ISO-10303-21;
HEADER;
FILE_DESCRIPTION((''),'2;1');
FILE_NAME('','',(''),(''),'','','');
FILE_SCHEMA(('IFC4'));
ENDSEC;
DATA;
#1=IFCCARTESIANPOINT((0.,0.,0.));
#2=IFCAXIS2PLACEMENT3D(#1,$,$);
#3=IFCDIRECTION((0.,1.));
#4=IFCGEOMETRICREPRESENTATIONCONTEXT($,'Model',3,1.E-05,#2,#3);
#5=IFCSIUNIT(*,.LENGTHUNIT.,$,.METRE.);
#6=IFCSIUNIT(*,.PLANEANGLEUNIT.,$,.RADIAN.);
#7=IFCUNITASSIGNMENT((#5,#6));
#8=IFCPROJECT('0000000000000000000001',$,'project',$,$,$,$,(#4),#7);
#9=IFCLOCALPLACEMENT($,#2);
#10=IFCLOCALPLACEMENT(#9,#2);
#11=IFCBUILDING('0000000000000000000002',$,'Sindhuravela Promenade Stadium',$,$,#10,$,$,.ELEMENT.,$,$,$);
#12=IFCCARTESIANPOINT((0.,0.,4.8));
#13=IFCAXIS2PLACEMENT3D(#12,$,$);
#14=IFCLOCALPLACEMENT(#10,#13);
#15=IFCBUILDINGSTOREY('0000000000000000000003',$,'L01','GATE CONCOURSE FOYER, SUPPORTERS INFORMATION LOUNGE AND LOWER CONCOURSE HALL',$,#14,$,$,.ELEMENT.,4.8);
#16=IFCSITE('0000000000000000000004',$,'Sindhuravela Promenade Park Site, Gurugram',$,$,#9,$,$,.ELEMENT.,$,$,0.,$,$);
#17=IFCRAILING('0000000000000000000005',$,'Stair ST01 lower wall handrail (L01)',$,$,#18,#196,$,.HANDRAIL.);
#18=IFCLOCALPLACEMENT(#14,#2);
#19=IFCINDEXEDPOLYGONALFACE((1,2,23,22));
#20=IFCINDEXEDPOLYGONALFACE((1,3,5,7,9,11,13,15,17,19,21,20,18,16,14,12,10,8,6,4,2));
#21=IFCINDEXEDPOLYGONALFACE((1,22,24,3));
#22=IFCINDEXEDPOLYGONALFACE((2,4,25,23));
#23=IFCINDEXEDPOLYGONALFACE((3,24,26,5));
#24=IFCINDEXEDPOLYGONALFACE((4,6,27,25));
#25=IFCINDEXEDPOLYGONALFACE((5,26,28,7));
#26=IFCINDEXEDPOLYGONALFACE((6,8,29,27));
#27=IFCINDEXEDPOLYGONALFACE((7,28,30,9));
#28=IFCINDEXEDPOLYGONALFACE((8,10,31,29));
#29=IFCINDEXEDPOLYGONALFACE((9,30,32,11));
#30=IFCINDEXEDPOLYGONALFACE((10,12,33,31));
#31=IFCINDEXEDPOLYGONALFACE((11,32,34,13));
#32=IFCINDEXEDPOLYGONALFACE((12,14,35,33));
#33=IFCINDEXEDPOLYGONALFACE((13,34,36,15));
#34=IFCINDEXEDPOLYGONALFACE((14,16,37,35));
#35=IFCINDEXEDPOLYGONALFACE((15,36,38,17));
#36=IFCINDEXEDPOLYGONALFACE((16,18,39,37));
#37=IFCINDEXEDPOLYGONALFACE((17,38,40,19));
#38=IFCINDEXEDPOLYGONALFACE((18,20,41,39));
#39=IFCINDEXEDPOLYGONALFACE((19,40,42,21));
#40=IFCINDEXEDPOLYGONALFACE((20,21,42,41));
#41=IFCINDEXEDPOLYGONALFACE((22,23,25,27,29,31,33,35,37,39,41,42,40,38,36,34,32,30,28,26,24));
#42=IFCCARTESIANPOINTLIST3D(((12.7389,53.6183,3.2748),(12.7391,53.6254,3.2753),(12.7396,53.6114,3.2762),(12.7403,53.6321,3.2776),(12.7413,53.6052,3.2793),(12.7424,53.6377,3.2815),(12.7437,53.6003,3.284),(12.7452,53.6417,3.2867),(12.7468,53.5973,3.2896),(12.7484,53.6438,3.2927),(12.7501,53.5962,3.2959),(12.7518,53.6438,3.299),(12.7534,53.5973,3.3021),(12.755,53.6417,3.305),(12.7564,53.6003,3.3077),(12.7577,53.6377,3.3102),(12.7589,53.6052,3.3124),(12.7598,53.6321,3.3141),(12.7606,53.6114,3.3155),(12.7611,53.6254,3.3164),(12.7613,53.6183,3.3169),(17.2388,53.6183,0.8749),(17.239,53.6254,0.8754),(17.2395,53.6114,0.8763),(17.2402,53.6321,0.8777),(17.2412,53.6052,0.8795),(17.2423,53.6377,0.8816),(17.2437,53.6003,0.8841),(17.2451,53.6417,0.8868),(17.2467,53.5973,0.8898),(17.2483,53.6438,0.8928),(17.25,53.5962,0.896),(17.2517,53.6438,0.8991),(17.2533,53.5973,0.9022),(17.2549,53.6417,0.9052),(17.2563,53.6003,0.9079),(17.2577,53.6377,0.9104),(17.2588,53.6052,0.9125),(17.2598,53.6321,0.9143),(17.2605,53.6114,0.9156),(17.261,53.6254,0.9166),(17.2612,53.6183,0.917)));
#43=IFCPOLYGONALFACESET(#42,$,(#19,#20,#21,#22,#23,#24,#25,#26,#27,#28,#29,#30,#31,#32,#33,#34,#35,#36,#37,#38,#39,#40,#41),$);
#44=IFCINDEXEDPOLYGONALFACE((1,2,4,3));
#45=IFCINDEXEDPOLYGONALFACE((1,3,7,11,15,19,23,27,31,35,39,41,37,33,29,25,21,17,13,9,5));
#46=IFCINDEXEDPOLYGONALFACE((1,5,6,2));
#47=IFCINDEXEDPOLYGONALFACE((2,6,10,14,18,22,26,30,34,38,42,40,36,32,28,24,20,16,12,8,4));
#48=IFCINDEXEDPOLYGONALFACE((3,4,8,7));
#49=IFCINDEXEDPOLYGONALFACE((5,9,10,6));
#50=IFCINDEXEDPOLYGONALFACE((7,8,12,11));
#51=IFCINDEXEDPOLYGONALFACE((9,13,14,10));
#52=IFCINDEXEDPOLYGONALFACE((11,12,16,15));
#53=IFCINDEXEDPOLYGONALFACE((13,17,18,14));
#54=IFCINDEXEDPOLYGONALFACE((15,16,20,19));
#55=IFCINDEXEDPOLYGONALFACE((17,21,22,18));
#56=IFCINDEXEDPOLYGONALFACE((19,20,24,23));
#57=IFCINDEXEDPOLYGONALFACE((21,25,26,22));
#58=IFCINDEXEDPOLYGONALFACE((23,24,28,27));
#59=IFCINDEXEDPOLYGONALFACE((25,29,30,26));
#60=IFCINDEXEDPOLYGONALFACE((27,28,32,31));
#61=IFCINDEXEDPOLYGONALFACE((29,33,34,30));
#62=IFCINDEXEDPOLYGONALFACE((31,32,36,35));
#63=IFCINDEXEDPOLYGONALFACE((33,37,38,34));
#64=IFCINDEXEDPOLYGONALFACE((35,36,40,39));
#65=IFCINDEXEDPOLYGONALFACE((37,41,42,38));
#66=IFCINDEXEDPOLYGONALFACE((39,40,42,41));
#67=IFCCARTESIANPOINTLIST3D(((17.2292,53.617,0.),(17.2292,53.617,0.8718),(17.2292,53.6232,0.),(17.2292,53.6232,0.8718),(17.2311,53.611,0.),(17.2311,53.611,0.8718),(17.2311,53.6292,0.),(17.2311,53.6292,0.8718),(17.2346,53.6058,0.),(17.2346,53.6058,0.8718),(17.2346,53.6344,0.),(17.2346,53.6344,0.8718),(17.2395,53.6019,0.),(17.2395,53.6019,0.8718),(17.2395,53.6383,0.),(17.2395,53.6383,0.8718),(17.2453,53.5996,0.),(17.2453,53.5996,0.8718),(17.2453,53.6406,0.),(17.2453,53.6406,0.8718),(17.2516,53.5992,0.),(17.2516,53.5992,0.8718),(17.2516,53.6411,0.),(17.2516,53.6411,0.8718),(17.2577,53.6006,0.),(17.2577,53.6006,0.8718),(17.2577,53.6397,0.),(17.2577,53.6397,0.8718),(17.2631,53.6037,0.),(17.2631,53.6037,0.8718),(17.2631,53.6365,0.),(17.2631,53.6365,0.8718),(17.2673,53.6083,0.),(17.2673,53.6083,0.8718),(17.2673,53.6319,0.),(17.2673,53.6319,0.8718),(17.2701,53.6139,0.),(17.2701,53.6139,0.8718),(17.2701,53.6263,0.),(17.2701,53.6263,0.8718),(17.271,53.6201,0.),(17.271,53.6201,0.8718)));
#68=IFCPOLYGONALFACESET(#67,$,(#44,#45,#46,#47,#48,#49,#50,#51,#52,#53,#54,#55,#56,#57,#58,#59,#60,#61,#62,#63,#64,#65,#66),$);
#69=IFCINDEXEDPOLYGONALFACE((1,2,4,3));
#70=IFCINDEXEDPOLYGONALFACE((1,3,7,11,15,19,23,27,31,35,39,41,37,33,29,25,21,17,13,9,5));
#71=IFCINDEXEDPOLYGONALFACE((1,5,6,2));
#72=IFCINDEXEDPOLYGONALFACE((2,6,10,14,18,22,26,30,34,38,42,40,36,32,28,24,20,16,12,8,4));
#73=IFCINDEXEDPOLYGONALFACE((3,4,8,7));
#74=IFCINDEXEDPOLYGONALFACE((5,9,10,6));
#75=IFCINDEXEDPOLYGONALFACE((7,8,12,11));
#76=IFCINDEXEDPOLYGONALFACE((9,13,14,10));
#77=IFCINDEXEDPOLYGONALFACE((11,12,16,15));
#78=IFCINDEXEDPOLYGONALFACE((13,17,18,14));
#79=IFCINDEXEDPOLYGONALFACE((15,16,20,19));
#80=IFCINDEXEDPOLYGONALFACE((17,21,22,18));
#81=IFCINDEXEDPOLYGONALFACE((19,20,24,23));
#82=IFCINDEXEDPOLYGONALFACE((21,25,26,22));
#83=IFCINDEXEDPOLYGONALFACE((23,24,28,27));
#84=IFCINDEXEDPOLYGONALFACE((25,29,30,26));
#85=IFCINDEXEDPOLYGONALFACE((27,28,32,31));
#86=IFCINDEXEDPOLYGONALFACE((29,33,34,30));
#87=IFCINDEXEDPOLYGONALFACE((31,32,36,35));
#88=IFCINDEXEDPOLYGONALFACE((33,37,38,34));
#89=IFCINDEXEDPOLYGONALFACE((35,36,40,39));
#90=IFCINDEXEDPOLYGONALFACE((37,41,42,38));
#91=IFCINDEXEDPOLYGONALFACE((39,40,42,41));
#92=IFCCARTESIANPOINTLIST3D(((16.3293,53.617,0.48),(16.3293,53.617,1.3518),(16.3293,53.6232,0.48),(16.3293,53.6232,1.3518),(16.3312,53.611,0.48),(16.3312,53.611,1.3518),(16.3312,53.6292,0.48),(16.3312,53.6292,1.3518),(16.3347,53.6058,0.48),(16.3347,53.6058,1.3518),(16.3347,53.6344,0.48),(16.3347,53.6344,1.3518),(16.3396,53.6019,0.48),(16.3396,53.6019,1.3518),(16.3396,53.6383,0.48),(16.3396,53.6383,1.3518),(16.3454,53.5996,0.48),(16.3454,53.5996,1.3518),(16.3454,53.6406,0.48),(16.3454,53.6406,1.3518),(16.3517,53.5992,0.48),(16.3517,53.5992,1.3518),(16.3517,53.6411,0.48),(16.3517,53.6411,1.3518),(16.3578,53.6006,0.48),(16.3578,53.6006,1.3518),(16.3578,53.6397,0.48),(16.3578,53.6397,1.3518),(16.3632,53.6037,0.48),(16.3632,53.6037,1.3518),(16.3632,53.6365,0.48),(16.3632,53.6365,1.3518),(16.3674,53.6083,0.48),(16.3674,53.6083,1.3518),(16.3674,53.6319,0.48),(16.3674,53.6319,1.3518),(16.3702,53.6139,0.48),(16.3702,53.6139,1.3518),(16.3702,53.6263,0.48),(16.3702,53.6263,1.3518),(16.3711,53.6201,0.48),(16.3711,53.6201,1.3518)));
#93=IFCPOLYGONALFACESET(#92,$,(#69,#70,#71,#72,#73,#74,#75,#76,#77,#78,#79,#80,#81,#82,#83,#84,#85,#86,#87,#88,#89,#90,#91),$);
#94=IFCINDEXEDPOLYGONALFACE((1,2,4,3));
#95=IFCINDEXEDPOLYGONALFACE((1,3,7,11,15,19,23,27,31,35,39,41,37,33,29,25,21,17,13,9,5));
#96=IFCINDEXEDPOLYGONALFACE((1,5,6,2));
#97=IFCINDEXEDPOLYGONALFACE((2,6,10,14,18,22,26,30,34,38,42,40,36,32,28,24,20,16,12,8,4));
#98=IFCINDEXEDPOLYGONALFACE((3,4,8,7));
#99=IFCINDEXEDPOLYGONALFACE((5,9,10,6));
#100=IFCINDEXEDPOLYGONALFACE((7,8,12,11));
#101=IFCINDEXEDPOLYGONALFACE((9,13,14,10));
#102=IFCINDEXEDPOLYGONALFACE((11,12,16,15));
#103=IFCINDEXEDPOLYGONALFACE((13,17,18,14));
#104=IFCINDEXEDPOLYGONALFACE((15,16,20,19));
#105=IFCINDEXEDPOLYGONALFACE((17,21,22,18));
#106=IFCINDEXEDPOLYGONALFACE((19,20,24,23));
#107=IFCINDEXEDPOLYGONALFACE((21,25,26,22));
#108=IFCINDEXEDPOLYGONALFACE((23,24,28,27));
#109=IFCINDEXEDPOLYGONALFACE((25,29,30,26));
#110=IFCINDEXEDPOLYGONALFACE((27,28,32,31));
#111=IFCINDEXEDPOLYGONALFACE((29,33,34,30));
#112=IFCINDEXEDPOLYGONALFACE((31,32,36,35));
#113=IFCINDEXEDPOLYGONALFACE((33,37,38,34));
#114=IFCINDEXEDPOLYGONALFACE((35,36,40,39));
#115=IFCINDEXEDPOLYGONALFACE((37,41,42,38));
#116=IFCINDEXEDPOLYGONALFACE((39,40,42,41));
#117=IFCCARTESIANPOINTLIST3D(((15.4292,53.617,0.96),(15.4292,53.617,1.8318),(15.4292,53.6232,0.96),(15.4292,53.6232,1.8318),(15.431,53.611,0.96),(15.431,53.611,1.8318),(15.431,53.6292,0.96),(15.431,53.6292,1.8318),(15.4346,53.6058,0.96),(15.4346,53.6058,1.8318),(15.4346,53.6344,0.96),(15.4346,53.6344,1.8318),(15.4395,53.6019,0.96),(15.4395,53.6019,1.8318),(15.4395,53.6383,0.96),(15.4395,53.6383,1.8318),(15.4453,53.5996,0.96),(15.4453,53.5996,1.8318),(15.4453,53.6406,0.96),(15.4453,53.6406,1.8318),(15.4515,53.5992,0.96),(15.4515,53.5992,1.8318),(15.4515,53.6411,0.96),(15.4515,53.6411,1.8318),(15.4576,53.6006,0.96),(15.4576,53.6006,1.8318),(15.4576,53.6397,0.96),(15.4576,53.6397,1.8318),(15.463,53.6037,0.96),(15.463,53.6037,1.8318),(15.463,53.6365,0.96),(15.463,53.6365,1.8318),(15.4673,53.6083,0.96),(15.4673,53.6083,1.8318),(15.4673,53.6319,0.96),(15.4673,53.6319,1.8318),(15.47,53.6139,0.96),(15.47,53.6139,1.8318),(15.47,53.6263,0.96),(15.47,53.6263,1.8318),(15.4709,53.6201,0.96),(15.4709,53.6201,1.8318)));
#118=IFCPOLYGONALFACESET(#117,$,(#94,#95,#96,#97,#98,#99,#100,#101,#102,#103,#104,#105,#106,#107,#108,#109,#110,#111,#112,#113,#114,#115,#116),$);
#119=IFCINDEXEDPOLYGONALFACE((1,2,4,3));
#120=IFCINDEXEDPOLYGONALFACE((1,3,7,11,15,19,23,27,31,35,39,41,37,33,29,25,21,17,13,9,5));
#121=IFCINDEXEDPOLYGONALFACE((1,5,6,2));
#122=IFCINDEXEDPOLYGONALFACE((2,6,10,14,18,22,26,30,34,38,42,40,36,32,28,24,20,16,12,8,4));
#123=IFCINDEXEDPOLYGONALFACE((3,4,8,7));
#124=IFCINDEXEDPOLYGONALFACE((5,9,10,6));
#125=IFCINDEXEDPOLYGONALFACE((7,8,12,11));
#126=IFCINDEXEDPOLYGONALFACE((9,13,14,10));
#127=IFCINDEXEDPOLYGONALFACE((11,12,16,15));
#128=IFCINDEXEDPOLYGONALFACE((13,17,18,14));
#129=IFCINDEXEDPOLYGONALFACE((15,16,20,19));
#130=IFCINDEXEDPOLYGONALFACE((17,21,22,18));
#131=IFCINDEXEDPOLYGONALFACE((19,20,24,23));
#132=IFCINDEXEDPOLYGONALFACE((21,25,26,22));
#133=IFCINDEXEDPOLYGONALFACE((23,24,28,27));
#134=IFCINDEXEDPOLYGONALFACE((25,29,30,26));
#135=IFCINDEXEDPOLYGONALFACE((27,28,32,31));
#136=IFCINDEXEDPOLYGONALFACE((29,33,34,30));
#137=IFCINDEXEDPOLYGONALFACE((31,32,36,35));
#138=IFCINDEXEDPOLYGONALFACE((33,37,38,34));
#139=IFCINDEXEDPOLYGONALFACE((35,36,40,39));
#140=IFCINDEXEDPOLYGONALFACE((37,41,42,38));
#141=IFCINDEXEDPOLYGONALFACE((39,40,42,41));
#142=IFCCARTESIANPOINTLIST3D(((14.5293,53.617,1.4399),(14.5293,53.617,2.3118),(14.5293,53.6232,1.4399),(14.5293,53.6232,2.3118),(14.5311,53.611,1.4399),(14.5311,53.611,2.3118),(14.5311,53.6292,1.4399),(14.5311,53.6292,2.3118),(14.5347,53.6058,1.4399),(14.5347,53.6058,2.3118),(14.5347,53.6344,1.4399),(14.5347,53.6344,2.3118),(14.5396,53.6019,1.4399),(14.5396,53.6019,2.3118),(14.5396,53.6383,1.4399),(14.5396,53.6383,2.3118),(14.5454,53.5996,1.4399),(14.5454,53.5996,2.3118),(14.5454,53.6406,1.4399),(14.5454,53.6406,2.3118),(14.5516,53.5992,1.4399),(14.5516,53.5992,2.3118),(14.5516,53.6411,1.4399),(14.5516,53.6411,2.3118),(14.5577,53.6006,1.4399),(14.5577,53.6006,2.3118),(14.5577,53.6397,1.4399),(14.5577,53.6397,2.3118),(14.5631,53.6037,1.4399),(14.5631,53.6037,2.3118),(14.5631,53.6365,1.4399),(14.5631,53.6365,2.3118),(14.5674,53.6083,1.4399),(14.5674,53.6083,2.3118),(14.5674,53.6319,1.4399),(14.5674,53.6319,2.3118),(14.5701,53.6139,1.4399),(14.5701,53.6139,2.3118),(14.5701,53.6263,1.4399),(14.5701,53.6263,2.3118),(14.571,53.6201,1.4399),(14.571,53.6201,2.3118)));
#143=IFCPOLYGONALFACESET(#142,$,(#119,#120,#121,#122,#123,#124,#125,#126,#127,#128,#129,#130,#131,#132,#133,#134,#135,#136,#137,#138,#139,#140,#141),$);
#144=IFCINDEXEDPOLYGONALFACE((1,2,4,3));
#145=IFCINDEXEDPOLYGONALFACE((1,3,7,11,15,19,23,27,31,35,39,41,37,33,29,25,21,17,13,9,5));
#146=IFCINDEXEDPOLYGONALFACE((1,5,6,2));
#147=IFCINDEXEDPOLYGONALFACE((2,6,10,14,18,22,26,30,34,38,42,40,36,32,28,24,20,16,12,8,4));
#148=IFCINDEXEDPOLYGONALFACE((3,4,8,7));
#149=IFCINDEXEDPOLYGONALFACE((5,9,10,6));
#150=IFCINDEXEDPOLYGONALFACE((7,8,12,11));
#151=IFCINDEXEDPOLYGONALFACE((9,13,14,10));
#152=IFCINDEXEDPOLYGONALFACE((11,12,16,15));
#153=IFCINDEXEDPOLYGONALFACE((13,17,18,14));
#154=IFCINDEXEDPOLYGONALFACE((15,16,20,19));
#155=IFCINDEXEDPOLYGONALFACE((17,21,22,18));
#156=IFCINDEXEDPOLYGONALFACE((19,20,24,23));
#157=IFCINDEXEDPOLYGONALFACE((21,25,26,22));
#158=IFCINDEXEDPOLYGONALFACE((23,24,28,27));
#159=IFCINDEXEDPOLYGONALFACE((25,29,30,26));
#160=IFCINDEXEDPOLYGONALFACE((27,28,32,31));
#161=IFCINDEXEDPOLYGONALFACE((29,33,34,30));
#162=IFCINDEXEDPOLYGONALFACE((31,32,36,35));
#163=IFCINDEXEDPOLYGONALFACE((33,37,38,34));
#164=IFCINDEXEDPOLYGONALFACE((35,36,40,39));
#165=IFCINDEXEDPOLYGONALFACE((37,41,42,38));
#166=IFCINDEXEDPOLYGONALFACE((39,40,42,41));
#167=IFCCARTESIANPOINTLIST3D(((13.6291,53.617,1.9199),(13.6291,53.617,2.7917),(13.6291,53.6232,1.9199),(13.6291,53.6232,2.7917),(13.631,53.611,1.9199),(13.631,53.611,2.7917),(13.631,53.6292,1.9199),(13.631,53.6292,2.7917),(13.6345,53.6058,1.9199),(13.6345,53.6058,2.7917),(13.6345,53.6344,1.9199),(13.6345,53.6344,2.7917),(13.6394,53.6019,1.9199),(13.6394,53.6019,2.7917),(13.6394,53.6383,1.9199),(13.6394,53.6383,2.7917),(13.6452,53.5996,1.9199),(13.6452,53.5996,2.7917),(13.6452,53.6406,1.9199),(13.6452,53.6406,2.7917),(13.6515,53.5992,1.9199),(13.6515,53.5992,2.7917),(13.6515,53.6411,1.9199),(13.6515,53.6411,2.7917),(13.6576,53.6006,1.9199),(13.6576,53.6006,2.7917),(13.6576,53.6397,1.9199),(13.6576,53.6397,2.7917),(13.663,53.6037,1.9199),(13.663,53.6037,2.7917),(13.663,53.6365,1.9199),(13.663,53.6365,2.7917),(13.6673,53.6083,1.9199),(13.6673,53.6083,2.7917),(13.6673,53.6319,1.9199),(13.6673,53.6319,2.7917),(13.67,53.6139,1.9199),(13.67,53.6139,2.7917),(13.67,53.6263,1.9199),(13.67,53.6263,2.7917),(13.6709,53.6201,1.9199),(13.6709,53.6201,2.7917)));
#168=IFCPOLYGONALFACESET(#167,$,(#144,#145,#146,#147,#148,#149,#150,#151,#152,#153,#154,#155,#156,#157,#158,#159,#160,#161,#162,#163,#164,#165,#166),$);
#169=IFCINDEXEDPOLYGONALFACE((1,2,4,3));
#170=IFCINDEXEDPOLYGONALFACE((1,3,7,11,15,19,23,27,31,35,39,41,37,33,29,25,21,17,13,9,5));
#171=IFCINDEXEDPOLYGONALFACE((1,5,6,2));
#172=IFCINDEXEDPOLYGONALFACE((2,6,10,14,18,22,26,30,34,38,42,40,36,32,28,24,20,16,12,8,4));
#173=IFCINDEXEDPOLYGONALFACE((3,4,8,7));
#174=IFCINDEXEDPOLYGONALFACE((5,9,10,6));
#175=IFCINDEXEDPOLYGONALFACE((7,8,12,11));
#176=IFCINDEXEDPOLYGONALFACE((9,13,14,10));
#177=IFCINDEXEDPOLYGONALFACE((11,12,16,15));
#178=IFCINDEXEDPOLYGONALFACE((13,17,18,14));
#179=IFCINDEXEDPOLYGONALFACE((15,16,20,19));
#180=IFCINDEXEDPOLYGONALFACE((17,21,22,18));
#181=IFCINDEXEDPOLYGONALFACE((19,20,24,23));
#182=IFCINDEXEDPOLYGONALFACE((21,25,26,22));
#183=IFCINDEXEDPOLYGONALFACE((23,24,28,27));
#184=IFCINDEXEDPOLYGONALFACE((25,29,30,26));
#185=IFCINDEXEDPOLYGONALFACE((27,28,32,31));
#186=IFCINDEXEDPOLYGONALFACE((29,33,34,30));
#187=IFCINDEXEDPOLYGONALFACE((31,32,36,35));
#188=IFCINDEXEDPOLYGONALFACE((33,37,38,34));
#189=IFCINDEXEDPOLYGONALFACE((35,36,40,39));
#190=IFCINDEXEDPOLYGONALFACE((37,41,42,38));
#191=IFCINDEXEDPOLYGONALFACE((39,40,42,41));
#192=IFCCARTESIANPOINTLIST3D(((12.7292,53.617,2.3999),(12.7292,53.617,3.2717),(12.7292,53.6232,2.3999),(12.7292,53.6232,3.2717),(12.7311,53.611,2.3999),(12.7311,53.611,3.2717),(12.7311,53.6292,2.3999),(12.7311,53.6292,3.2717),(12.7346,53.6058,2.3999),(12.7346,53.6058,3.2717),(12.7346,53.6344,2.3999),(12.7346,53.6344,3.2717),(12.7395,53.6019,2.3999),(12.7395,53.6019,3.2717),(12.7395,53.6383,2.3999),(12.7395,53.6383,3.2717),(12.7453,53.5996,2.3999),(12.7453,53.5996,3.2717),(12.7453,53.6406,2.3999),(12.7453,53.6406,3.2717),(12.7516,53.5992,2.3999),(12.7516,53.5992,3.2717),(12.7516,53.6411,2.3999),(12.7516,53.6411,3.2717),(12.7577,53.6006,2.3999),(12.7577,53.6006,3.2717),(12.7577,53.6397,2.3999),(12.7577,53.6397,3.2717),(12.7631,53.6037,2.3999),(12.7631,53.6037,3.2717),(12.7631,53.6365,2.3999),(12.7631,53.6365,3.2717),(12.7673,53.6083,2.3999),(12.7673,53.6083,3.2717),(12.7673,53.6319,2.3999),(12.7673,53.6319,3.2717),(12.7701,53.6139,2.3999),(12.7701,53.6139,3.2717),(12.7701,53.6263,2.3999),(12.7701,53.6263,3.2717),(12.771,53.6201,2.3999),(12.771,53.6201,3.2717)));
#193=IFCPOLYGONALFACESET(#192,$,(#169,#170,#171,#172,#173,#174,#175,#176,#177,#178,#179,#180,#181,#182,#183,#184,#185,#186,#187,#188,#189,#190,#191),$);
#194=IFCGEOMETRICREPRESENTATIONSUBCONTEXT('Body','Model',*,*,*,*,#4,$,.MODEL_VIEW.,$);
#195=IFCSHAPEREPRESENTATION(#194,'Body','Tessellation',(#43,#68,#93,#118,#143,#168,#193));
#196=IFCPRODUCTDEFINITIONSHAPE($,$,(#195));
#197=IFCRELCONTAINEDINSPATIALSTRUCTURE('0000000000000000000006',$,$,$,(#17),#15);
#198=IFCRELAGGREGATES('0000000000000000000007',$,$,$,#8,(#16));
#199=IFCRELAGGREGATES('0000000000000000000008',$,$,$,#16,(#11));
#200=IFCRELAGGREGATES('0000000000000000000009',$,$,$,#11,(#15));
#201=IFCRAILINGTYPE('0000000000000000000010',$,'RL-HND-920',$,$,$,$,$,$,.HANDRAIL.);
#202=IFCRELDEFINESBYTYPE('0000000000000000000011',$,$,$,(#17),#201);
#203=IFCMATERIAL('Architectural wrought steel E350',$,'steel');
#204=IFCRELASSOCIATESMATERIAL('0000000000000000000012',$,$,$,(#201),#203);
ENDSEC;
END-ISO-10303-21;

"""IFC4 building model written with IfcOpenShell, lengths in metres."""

from ifc_helpers import new_model, si_unit, direction, frame, origin, origin_2d, place, context, subcontext, project, spatial, circle, extrude, material, type_object, element, save


model = new_model("IFC4")

# Units and contexts
model_context = context("Model", 3, precision=1e-05, world=origin(), true_north=direction((0.0, 1.0)))
body_context = subcontext(model_context, "Body", "Model", "MODEL_VIEW")
ifc_project = project(units=[si_unit("LENGTHUNIT", "METRE"), si_unit("PLANEANGLEUNIT", "RADIAN")], contexts=[model_context])

# Site, building, storey
site_placement = place(None, origin())
site = spatial("IfcSite", under=ifc_project, at=site_placement, Name="Sindhuravela Promenade Park Site, Gurugram", CompositionType="ELEMENT", RefElevation=0.0)
building_placement = place(site_placement, origin())
building = spatial("IfcBuilding", under=site, at=building_placement, Name="Sindhuravela Promenade Stadium", CompositionType="ELEMENT")
storey_placement = place(building_placement, frame((0.0, 0.0, 4.8)))
storey = spatial("IfcBuildingStorey", under=building, at=storey_placement, Name="L01", Description="GATE CONCOURSE FOYER, SUPPORTERS INFORMATION LOUNGE AND LOWER CONCOURSE HALL", CompositionType="ELEMENT", Elevation=4.8)

# Shared definitions
ifc_material_1 = material(Name="Architectural wrought steel E350", Category="steel")

# Railing
railing_type_1 = type_object("IfcRailingType", Name="RL-HND-920", PredefinedType="HANDRAIL", material=ifc_material_1)
railing_1_placement = place(storey_placement, frame((17.25, 53.6201, 0.0)))
element("IfcRailing", 1, at=railing_1_placement, inside=storey, type_object=railing_type_1, Name="Stair ST01 lower wall handrail (L01)", PredefinedType="HANDRAIL", context=body_context, shape_type="SweptSolid", body=[
    extrude(circle(Radius=0.0239, at=origin_2d()), frame((0.0, 0.0, 0.896), z_axis=(-0.882361, 0.0, 0.470573), x_axis=(0.0, -1.0, 0.0)), (0.0, 0.0, 1.0), 5.0999),
    extrude(circle(Radius=0.021, at=origin_2d()), origin(), (0.0, 0.0, 1.0), 0.8718),
    extrude(circle(Radius=0.021, at=origin_2d()), frame((-0.8999, 0.0, 0.48)), (0.0, 0.0, 1.0), 0.8718),
    extrude(circle(Radius=0.021, at=origin_2d()), frame((-1.8, 0.0, 0.96)), (0.0, 0.0, 1.0), 0.8718),
    extrude(circle(Radius=0.021, at=origin_2d()), frame((-2.7, 0.0, 1.4399)), (0.0, 0.0, 1.0), 0.8718),
    extrude(circle(Radius=0.021, at=origin_2d()), frame((-3.6001, 0.0, 1.9199)), (0.0, 0.0, 1.0), 0.8718),
    extrude(circle(Radius=0.021, at=origin_2d()), frame((-4.5, 0.0, 2.3999)), (0.0, 0.0, 1.0), 0.8718),
])

save(model, "model.ifc")
